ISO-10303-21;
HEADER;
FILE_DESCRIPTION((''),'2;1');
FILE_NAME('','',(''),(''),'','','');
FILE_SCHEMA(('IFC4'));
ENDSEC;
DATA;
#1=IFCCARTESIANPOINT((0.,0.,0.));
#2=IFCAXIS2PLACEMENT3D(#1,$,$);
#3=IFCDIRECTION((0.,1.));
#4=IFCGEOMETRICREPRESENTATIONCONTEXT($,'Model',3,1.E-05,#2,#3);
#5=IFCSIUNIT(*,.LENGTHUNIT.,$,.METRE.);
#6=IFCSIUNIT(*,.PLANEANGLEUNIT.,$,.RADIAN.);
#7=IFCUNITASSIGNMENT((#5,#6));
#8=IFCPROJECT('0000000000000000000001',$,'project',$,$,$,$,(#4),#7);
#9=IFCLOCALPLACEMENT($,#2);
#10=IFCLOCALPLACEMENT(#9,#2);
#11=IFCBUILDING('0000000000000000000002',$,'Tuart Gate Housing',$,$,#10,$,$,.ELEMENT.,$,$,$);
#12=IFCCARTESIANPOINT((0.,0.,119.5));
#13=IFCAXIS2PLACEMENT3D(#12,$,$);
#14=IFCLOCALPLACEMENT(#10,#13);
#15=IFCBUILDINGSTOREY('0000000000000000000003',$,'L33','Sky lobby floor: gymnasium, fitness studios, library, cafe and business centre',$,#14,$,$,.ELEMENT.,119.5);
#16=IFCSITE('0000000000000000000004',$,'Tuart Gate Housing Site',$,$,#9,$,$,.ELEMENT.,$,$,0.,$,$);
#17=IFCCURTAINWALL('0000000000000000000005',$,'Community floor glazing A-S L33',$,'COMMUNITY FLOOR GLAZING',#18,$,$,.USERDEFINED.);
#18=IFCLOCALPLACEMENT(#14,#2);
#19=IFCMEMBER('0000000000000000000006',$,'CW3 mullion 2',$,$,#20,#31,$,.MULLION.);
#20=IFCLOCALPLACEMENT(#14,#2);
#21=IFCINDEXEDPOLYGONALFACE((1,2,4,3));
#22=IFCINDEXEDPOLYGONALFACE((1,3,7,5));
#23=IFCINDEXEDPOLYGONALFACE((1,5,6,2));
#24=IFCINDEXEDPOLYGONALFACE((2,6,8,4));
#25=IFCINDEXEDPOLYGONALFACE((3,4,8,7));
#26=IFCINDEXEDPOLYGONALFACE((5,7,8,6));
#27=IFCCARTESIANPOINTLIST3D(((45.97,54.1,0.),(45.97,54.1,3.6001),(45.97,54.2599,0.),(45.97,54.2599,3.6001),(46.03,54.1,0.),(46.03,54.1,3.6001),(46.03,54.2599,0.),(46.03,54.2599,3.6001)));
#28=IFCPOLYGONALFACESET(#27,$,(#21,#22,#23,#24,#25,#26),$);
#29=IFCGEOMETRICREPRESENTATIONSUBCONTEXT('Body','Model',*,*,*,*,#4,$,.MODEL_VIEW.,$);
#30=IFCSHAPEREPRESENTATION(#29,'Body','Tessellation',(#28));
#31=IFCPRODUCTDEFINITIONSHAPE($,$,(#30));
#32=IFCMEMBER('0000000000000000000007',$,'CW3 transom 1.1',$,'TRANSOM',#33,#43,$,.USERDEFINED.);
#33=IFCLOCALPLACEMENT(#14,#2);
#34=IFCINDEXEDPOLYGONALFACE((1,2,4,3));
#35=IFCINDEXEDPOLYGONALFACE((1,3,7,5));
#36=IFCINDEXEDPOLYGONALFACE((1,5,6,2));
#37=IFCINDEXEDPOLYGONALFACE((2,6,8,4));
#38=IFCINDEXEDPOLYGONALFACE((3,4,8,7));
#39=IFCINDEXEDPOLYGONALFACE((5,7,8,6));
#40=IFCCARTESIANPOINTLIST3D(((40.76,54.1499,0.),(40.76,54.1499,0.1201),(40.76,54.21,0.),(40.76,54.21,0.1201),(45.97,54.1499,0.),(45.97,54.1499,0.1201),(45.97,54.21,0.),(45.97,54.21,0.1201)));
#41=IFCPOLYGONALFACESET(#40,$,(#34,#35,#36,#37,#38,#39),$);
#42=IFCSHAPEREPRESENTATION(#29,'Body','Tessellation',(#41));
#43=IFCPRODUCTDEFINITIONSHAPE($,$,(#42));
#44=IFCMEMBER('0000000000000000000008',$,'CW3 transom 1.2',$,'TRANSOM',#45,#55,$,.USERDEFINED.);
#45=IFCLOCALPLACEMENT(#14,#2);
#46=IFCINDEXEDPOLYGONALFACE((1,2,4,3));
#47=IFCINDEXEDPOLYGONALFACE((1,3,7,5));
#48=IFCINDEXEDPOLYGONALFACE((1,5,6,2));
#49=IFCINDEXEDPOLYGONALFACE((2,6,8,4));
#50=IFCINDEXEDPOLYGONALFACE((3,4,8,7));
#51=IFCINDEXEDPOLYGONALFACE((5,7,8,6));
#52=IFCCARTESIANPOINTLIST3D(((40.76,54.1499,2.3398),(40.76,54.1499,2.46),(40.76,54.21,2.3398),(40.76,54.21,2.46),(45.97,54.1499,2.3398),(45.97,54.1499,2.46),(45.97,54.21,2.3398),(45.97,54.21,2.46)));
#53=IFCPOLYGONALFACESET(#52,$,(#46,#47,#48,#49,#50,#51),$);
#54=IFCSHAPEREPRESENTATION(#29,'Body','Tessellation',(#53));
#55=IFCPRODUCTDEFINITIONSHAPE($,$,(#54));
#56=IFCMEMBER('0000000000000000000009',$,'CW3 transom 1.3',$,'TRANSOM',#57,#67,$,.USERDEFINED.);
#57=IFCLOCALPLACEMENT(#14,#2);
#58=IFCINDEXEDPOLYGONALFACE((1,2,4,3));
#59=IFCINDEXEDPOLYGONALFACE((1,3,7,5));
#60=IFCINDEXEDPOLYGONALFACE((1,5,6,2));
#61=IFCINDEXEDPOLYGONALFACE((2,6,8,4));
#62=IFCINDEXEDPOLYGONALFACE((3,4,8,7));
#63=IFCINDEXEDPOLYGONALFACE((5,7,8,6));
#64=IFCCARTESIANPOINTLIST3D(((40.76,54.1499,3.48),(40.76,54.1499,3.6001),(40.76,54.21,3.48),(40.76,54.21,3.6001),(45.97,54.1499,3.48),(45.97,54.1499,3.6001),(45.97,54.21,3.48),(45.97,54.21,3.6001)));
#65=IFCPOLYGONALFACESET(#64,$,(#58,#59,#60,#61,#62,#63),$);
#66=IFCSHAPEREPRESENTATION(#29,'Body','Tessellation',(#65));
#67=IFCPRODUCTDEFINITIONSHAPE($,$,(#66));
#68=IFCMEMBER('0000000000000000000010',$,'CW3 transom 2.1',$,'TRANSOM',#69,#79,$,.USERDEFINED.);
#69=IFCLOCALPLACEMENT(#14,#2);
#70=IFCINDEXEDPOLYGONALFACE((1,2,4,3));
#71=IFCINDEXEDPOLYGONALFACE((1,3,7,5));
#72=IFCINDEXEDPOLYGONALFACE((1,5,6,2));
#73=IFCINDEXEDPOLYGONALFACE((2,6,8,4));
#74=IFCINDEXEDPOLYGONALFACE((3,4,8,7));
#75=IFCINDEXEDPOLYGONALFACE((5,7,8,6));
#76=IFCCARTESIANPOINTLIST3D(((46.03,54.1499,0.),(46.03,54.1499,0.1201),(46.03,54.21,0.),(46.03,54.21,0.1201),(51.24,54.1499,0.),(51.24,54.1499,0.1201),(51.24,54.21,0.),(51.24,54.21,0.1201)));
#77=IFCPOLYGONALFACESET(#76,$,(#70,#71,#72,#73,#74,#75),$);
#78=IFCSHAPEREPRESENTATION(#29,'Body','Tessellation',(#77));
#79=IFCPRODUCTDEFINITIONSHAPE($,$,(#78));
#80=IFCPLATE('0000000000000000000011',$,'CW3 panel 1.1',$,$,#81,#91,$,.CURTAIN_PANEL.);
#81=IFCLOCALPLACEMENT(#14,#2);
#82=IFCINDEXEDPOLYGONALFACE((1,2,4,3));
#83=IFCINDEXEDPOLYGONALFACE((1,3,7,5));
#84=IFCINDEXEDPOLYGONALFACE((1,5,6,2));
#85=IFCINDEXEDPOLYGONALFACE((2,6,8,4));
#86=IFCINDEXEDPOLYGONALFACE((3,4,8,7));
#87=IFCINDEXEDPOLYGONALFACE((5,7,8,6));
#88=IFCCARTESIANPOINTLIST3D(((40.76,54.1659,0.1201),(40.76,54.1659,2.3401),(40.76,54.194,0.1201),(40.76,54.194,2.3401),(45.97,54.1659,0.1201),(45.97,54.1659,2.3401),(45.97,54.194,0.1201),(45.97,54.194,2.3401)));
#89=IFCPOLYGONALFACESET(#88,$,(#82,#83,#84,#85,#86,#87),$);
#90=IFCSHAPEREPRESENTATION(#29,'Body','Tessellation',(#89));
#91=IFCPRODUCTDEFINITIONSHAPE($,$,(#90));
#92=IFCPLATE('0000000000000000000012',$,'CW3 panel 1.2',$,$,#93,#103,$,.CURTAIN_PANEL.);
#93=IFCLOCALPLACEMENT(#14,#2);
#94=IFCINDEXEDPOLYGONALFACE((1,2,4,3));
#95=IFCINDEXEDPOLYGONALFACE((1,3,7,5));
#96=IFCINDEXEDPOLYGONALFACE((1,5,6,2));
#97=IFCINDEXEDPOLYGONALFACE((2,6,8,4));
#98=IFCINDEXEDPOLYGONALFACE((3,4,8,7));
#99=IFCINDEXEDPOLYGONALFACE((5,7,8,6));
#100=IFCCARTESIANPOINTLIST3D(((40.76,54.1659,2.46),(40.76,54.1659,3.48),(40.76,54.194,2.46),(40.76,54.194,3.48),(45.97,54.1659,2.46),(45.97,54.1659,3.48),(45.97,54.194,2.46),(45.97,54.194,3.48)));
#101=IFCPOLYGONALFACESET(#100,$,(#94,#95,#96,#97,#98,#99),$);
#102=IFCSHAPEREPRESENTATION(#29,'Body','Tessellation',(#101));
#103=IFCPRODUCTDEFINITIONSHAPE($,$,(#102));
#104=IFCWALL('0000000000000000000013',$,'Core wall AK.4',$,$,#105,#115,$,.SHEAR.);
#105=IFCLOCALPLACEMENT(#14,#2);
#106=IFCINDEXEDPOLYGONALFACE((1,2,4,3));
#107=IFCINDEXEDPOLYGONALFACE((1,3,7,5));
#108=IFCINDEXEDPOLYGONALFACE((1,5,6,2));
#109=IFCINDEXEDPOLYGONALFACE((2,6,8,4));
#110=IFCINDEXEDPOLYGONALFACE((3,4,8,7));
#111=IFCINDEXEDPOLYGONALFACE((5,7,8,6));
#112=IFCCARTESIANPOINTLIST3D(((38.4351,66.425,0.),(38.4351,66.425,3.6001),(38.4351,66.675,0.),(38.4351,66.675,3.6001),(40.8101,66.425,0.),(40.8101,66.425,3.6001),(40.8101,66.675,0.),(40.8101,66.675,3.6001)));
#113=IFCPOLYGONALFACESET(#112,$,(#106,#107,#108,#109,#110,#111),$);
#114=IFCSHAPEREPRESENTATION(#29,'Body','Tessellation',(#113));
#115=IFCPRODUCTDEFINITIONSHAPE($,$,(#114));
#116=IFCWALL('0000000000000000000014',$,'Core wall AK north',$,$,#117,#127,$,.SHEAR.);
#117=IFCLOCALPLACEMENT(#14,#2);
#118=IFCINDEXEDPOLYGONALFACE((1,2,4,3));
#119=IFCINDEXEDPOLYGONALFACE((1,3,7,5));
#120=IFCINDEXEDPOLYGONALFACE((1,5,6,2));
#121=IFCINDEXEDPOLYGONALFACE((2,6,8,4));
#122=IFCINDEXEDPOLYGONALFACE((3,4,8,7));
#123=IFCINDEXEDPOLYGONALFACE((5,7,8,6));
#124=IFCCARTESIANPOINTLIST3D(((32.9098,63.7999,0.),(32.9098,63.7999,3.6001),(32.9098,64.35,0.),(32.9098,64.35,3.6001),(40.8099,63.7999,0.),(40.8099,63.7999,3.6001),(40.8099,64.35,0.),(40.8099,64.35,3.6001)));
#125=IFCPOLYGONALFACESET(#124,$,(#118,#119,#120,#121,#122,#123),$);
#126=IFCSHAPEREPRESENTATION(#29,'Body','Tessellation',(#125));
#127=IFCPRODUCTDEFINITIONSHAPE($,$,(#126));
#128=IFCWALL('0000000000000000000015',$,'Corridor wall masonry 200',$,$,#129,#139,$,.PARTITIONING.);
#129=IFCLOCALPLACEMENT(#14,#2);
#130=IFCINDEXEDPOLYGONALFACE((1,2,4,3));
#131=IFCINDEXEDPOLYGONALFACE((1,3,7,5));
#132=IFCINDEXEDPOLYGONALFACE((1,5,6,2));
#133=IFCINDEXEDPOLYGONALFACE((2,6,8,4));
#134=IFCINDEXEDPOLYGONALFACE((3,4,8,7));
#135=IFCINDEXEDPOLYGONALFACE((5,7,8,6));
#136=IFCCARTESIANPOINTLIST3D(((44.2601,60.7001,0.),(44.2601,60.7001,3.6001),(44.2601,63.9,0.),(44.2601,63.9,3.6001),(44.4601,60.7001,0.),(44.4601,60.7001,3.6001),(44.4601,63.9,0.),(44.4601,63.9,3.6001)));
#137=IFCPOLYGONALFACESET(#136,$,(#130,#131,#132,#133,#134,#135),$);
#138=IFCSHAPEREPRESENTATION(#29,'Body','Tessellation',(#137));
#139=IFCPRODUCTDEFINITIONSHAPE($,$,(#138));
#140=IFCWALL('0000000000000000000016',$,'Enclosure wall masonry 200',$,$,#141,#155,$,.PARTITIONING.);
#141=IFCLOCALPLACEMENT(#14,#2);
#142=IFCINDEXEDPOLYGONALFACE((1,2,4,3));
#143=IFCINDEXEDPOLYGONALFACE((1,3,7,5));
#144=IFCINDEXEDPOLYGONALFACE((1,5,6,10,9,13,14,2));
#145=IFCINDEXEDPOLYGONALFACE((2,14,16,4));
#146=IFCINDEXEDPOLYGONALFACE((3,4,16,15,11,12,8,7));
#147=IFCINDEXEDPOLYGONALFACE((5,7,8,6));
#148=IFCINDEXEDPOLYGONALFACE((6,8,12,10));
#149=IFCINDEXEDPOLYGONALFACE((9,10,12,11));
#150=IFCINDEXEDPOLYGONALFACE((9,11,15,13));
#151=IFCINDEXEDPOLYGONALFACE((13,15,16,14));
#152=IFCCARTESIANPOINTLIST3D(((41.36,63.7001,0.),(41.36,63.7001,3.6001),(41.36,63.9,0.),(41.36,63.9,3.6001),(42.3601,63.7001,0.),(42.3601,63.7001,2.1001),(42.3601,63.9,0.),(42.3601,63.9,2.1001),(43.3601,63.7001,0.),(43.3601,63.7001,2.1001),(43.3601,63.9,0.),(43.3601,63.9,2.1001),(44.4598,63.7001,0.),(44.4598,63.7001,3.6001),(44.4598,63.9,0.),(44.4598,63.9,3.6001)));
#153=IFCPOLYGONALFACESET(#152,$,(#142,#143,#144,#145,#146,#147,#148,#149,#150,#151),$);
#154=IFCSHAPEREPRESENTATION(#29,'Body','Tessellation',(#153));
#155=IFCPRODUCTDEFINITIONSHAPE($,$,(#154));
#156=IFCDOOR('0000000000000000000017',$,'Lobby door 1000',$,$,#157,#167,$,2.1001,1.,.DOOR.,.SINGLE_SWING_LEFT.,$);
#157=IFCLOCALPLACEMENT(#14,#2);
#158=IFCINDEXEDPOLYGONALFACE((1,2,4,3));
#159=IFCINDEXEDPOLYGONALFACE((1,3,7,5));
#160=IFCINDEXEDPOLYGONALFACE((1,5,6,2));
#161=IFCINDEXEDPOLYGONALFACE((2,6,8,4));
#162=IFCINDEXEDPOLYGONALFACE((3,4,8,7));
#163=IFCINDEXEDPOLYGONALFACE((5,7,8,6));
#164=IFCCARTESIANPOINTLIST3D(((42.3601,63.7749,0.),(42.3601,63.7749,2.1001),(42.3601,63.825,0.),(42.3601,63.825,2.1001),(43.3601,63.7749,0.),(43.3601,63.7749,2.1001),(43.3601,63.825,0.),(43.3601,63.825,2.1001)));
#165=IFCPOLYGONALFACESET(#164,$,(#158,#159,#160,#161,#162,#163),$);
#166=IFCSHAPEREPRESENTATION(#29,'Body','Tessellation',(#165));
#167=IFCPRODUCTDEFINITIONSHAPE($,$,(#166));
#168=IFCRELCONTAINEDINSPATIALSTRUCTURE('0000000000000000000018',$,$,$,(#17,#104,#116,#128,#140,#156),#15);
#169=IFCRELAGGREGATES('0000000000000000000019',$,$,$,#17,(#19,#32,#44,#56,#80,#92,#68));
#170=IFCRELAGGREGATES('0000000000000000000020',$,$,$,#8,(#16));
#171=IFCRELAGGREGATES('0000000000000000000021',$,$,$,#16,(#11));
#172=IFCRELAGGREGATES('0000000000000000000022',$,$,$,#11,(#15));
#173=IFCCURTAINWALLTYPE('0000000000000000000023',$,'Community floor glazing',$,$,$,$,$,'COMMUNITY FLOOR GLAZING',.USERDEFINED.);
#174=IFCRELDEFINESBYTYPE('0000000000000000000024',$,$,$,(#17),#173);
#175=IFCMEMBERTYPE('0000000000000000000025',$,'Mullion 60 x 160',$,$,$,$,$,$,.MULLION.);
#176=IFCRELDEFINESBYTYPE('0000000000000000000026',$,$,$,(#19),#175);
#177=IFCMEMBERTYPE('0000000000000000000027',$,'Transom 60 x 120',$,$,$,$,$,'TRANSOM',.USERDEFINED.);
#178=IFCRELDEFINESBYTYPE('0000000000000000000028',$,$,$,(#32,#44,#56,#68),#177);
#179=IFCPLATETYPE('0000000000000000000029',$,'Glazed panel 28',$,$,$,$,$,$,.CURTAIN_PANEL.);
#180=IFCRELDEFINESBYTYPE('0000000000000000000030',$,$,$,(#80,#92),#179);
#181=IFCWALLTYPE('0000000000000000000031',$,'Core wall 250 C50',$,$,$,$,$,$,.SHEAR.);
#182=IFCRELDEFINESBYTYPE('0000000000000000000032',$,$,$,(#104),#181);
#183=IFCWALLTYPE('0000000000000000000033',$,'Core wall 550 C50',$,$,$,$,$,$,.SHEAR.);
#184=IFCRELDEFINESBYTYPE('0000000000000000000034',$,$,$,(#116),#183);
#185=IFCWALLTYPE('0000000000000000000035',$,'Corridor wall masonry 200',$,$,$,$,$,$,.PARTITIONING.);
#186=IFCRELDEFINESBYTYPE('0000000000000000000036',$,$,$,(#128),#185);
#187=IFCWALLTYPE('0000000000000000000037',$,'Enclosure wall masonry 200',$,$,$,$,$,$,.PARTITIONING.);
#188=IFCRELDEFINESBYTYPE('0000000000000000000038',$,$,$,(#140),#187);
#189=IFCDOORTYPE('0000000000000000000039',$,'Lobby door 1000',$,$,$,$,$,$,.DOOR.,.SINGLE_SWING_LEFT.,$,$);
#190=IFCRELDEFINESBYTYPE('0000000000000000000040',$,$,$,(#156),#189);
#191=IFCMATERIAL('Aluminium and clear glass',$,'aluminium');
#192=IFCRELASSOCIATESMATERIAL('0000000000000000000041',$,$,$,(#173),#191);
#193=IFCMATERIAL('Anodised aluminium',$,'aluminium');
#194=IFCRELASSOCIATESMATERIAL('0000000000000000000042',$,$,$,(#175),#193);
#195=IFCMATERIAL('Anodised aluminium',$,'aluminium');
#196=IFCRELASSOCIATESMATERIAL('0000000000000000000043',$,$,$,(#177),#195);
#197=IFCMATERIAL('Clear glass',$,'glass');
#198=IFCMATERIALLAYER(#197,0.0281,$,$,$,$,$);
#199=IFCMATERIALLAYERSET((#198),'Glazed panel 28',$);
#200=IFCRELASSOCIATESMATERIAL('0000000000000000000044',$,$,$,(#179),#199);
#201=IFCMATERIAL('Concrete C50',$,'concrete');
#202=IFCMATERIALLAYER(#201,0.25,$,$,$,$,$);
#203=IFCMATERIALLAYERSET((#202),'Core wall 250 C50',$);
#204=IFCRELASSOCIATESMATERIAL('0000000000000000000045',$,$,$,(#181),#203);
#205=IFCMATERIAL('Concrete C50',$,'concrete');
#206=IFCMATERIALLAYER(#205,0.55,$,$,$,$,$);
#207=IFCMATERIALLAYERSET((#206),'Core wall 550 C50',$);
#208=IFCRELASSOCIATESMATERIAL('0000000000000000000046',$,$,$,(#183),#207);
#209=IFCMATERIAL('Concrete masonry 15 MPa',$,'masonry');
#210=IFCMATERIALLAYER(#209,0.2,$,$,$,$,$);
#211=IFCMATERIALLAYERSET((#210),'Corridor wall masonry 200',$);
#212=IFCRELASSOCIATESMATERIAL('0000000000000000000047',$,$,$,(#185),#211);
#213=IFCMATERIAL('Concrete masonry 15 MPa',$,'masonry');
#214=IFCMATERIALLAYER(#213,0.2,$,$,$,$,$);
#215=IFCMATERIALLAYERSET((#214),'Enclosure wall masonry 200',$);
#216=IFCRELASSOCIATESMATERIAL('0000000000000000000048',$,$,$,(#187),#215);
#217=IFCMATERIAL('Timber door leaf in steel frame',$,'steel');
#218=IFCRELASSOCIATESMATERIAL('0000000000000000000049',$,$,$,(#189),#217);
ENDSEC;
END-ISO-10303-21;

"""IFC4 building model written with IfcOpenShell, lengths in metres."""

from ifc_helpers import new_model, si_unit, direction, frame, frame_2d, origin, origin_2d, place, context, subcontext, project, spatial, rectangle, extrude, material, layer, layer_set, material_profile, profile_set, type_object, element, fill, aggregate, save


model = new_model("IFC4")

# Units and contexts
model_context = context("Model", 3, precision=1e-05, world=origin(), true_north=direction((0.0, 1.0)))
body_context = subcontext(model_context, "Body", "Model", "MODEL_VIEW")
ifc_project = project(units=[si_unit("LENGTHUNIT", "METRE"), si_unit("PLANEANGLEUNIT", "RADIAN")], contexts=[model_context])

# Site, building, storey
site_placement = place(None, origin())
site = spatial("IfcSite", under=ifc_project, at=site_placement, Name="Tuart Gate Housing Site", CompositionType="ELEMENT", RefElevation=0.0)
building_placement = place(site_placement, origin())
building = spatial("IfcBuilding", under=site, at=building_placement, Name="Tuart Gate Housing", CompositionType="ELEMENT")
storey_placement = place(building_placement, frame((0.0, 0.0, 119.5)))
storey = spatial("IfcBuildingStorey", under=building, at=storey_placement, Name="L33", Description="Sky lobby floor: gymnasium, fitness studios, library, cafe and business centre", CompositionType="ELEMENT", Elevation=119.5)

# Curtain wall, members, plates
ifc_material_1 = material(Name="Aluminium and clear glass", Category="aluminium")
curtain_wall_type = type_object("IfcCurtainWallType", Name="Community floor glazing", ElementType="COMMUNITY FLOOR GLAZING", PredefinedType="USERDEFINED", material=ifc_material_1)
curtain_wall_placement = place(storey_placement, origin())
curtain_wall = element("IfcCurtainWall", 1, at=curtain_wall_placement, inside=storey, type_object=curtain_wall_type, Name="Community floor glazing A-S L33", ObjectType="COMMUNITY FLOOR GLAZING", PredefinedType="USERDEFINED")
ifc_material_2 = material(Name="Anodised aluminium", Category="aluminium")
ifc_material_profile_1 = material_profile(ifc_material_2, rectangle(XDim=0.0601, YDim=0.1599, at=origin_2d()), Name="60x160")
ifc_profile_set_1 = profile_set([ifc_material_profile_1], Name="Anodised aluminium")
member_type_1 = type_object("IfcMemberType", Name="Mullion 60 x 160", PredefinedType="MULLION", material=ifc_profile_set_1)
member_1_placement = place(storey_placement, frame((46.0, 54.1799, 0.0), z_axis=(0.0, 0.0, 1.0), x_axis=(1.0, 0.0, 0.0)))
member_1 = element("IfcMember", 2, at=member_1_placement, type_object=member_type_1, Name="CW3 mullion 2", PredefinedType="MULLION", context=body_context, shape_type="SweptSolid", body=[
    extrude(rectangle(XDim=0.0601, YDim=0.1599, at=origin_2d()), origin(), (0.0, 0.0, 1.0), 3.6001),
])
ifc_material_3 = material(Name="Anodised aluminium", Category="aluminium")
ifc_material_profile_2 = material_profile(ifc_material_3, rectangle(XDim=0.0601, YDim=0.1201, at=origin_2d()), Name="60x120")
ifc_profile_set_2 = profile_set([ifc_material_profile_2], Name="Anodised aluminium")
member_type_2 = type_object("IfcMemberType", Name="Transom 60 x 120", ElementType="TRANSOM", PredefinedType="USERDEFINED", material=ifc_profile_set_2)
member_2_placement = place(storey_placement, frame((40.76, 54.1799, 0.0601), z_axis=(1.0, 0.0, 0.0), x_axis=(0.0, 1.0, 0.0)))
member_2 = element("IfcMember", 3, at=member_2_placement, type_object=member_type_2, Name="CW3 transom 1.1", ObjectType="TRANSOM", PredefinedType="USERDEFINED", context=body_context, shape_type="SweptSolid", body=[
    extrude(rectangle(XDim=0.0601, YDim=0.1201, at=origin_2d()), origin(), (0.0, 0.0, 1.0), 5.21),
])
member_3_placement = place(storey_placement, frame((40.76, 54.1799, 2.3999), z_axis=(1.0, 0.0, 0.0), x_axis=(0.0, 1.0, 0.0)))
member_3 = element("IfcMember", 4, at=member_3_placement, type_object=member_type_2, Name="CW3 transom 1.2", ObjectType="TRANSOM", PredefinedType="USERDEFINED", context=body_context, shape_type="SweptSolid", body=[
    extrude(rectangle(XDim=0.0601, YDim=0.1201, at=origin_2d()), origin(), (0.0, 0.0, 1.0), 5.21),
])
member_4_placement = place(storey_placement, frame((40.76, 54.1799, 3.54), z_axis=(1.0, 0.0, 0.0), x_axis=(0.0, 1.0, 0.0)))
member_4 = element("IfcMember", 5, at=member_4_placement, type_object=member_type_2, Name="CW3 transom 1.3", ObjectType="TRANSOM", PredefinedType="USERDEFINED", context=body_context, shape_type="SweptSolid", body=[
    extrude(rectangle(XDim=0.0601, YDim=0.1201, at=origin_2d()), origin(), (0.0, 0.0, 1.0), 5.21),
])
member_5_placement = place(storey_placement, frame((46.03, 54.1799, 0.0601), z_axis=(1.0, 0.0, 0.0), x_axis=(0.0, 1.0, 0.0)))
member_5 = element("IfcMember", 6, at=member_5_placement, type_object=member_type_2, Name="CW3 transom 2.1", ObjectType="TRANSOM", PredefinedType="USERDEFINED", context=body_context, shape_type="SweptSolid", body=[
    extrude(rectangle(XDim=0.0601, YDim=0.1201, at=origin_2d()), origin(), (0.0, 0.0, 1.0), 5.21),
])
ifc_material_4 = material(Name="Clear glass", Category="glass")
ifc_layer_1 = layer(ifc_material_4, 0.0281)
ifc_layer_set_1 = layer_set([ifc_layer_1], Name="Glazed panel 28")
plate_type = type_object("IfcPlateType", Name="Glazed panel 28", PredefinedType="CURTAIN_PANEL", material=ifc_layer_set_1)
plate_1_placement = place(storey_placement, frame((43.365, 54.1799, 0.1201), z_axis=(0.0, 0.0, 1.0), x_axis=(1.0, 0.0, 0.0)))
plate_1 = element("IfcPlate", 7, at=plate_1_placement, type_object=plate_type, Name="CW3 panel 1.1", PredefinedType="CURTAIN_PANEL", context=body_context, shape_type="SweptSolid", body=[
    extrude(rectangle(XDim=5.21, YDim=0.0281, at=origin_2d()), origin(), (0.0, 0.0, 1.0), 2.22),
])
plate_2_placement = place(storey_placement, frame((43.365, 54.1799, 2.46), z_axis=(0.0, 0.0, 1.0), x_axis=(1.0, 0.0, 0.0)))
plate_2 = element("IfcPlate", 8, at=plate_2_placement, type_object=plate_type, Name="CW3 panel 1.2", PredefinedType="CURTAIN_PANEL", context=body_context, shape_type="SweptSolid", body=[
    extrude(rectangle(XDim=5.21, YDim=0.0281, at=origin_2d()), origin(), (0.0, 0.0, 1.0), 1.02),
])
aggregate(curtain_wall, [member_1, member_2, member_3, member_4, plate_1, plate_2, member_5])

# Walls
ifc_material_5 = material(Name="Concrete C50", Category="concrete")
ifc_layer_2 = layer(ifc_material_5, 0.25)
ifc_layer_set_2 = layer_set([ifc_layer_2], Name="Core wall 250 C50")
wall_type_1 = type_object("IfcWallType", Name="Core wall 250 C50", PredefinedType="SHEAR", material=ifc_layer_set_2)
wall_1_placement = place(storey_placement, frame((40.8101, 66.55, 0.0), z_axis=(0.0, 0.0, 1.0), x_axis=(-1.0, 0.0, 0.0)))
element("IfcWall", 9, at=wall_1_placement, inside=storey, type_object=wall_type_1, Name="Core wall AK.4", PredefinedType="SHEAR", context=body_context, shape_type="SweptSolid", body=[
    extrude(rectangle(XDim=2.375, YDim=0.25, at=frame_2d((1.1875, 0.0))), origin(), (0.0, 0.0, 1.0), 3.6001),
])
ifc_material_6 = material(Name="Concrete C50", Category="concrete")
ifc_layer_3 = layer(ifc_material_6, 0.55)
ifc_layer_set_3 = layer_set([ifc_layer_3], Name="Core wall 550 C50")
wall_type_2 = type_object("IfcWallType", Name="Core wall 550 C50", PredefinedType="SHEAR", material=ifc_layer_set_3)
wall_2_placement = place(storey_placement, frame((40.8101, 64.075, 0.0), z_axis=(0.0, 0.0, 1.0), x_axis=(-1.0, 0.0, 0.0)))
element("IfcWall", 10, at=wall_2_placement, inside=storey, type_object=wall_type_2, Name="Core wall AK north", PredefinedType="SHEAR", context=body_context, shape_type="SweptSolid", body=[
    extrude(rectangle(XDim=7.9001, YDim=0.55, at=frame_2d((3.9502, 0.0))), origin(), (0.0, 0.0, 1.0), 3.6001),
])
ifc_material_7 = material(Name="Concrete masonry 15 MPa", Category="masonry")
ifc_layer_4 = layer(ifc_material_7, 0.2)
ifc_layer_set_4 = layer_set([ifc_layer_4], Name="Corridor wall masonry 200")
wall_type_3 = type_object("IfcWallType", Name="Corridor wall masonry 200", PredefinedType="PARTITIONING", material=ifc_layer_set_4)
wall_3_placement = place(storey_placement, frame((44.3601, 60.7, 0.0), z_axis=(0.0, 0.0, 1.0), x_axis=(0.0, 1.0, 0.0)))
element("IfcWall", 11, at=wall_3_placement, inside=storey, type_object=wall_type_3, Name="Corridor wall masonry 200", PredefinedType="PARTITIONING", context=body_context, shape_type="SweptSolid", body=[
    extrude(rectangle(XDim=3.2, YDim=0.2, at=frame_2d((1.6001, 0.0))), origin(), (0.0, 0.0, 1.0), 3.6001),
])

# Wall, opening, door
ifc_material_8 = material(Name="Concrete masonry 15 MPa", Category="masonry")
ifc_layer_5 = layer(ifc_material_8, 0.2)
ifc_layer_set_5 = layer_set([ifc_layer_5], Name="Enclosure wall masonry 200")
wall_type_4 = type_object("IfcWallType", Name="Enclosure wall masonry 200", PredefinedType="PARTITIONING", material=ifc_layer_set_5)
wall_4_placement = place(storey_placement, frame((41.3601, 63.8, 0.0), z_axis=(0.0, 0.0, 1.0), x_axis=(1.0, 0.0, 0.0)))
wall_4 = element("IfcWall", 12, at=wall_4_placement, inside=storey, type_object=wall_type_4, Name="Enclosure wall masonry 200", PredefinedType="PARTITIONING", context=body_context, shape_type="SweptSolid", body=[
    extrude(rectangle(XDim=3.0999, YDim=0.2, at=frame_2d((1.5498, 0.0))), origin(), (0.0, 0.0, 1.0), 3.6001),
])
opening_1_placement = place(wall_4_placement, frame((1.0, 0.0, 0.0)))
opening_1 = element("IfcOpeningElement", 13, at=opening_1_placement, cuts=wall_4, PredefinedType="OPENING", context=body_context, shape_type="SweptSolid", body=[
    extrude(rectangle(XDim=1.0, YDim=2.1001, at=frame_2d((0.5, 1.05))), frame((0.0, 0.1099, 0.0), z_axis=(0.0, -1.0, 0.0), x_axis=(1.0, 0.0, 0.0)), (0.0, 0.0, 1.0), 0.22),
])
ifc_material_9 = material(Name="Timber door leaf in steel frame", Category="steel")
door_type_1 = type_object("IfcDoorType", Name="Lobby door 1000", OperationType="SINGLE_SWING_LEFT", PredefinedType="DOOR", material=ifc_material_9)
door_1_placement = place(opening_1_placement, frame((1.0, 0.0, 0.0), z_axis=(0.0, 0.0, 1.0), x_axis=(-1.0, 0.0, 0.0)))
door_1 = element("IfcDoor", 14, at=door_1_placement, inside=storey, type_object=door_type_1, Name="Lobby door 1000", OperationType="SINGLE_SWING_LEFT", OverallHeight=2.1001, OverallWidth=1.0, PredefinedType="DOOR", context=body_context, shape_type="SweptSolid", body=[
    extrude(rectangle(XDim=1.0, YDim=2.1001, at=frame_2d((0.5, 1.05))), frame((0.0, 0.0251, 0.0), z_axis=(0.0, -1.0, 0.0), x_axis=(1.0, 0.0, 0.0)), (0.0, 0.0, 1.0), 0.05),
])
fill(opening_1, door_1)

save(model, "model.ifc")
